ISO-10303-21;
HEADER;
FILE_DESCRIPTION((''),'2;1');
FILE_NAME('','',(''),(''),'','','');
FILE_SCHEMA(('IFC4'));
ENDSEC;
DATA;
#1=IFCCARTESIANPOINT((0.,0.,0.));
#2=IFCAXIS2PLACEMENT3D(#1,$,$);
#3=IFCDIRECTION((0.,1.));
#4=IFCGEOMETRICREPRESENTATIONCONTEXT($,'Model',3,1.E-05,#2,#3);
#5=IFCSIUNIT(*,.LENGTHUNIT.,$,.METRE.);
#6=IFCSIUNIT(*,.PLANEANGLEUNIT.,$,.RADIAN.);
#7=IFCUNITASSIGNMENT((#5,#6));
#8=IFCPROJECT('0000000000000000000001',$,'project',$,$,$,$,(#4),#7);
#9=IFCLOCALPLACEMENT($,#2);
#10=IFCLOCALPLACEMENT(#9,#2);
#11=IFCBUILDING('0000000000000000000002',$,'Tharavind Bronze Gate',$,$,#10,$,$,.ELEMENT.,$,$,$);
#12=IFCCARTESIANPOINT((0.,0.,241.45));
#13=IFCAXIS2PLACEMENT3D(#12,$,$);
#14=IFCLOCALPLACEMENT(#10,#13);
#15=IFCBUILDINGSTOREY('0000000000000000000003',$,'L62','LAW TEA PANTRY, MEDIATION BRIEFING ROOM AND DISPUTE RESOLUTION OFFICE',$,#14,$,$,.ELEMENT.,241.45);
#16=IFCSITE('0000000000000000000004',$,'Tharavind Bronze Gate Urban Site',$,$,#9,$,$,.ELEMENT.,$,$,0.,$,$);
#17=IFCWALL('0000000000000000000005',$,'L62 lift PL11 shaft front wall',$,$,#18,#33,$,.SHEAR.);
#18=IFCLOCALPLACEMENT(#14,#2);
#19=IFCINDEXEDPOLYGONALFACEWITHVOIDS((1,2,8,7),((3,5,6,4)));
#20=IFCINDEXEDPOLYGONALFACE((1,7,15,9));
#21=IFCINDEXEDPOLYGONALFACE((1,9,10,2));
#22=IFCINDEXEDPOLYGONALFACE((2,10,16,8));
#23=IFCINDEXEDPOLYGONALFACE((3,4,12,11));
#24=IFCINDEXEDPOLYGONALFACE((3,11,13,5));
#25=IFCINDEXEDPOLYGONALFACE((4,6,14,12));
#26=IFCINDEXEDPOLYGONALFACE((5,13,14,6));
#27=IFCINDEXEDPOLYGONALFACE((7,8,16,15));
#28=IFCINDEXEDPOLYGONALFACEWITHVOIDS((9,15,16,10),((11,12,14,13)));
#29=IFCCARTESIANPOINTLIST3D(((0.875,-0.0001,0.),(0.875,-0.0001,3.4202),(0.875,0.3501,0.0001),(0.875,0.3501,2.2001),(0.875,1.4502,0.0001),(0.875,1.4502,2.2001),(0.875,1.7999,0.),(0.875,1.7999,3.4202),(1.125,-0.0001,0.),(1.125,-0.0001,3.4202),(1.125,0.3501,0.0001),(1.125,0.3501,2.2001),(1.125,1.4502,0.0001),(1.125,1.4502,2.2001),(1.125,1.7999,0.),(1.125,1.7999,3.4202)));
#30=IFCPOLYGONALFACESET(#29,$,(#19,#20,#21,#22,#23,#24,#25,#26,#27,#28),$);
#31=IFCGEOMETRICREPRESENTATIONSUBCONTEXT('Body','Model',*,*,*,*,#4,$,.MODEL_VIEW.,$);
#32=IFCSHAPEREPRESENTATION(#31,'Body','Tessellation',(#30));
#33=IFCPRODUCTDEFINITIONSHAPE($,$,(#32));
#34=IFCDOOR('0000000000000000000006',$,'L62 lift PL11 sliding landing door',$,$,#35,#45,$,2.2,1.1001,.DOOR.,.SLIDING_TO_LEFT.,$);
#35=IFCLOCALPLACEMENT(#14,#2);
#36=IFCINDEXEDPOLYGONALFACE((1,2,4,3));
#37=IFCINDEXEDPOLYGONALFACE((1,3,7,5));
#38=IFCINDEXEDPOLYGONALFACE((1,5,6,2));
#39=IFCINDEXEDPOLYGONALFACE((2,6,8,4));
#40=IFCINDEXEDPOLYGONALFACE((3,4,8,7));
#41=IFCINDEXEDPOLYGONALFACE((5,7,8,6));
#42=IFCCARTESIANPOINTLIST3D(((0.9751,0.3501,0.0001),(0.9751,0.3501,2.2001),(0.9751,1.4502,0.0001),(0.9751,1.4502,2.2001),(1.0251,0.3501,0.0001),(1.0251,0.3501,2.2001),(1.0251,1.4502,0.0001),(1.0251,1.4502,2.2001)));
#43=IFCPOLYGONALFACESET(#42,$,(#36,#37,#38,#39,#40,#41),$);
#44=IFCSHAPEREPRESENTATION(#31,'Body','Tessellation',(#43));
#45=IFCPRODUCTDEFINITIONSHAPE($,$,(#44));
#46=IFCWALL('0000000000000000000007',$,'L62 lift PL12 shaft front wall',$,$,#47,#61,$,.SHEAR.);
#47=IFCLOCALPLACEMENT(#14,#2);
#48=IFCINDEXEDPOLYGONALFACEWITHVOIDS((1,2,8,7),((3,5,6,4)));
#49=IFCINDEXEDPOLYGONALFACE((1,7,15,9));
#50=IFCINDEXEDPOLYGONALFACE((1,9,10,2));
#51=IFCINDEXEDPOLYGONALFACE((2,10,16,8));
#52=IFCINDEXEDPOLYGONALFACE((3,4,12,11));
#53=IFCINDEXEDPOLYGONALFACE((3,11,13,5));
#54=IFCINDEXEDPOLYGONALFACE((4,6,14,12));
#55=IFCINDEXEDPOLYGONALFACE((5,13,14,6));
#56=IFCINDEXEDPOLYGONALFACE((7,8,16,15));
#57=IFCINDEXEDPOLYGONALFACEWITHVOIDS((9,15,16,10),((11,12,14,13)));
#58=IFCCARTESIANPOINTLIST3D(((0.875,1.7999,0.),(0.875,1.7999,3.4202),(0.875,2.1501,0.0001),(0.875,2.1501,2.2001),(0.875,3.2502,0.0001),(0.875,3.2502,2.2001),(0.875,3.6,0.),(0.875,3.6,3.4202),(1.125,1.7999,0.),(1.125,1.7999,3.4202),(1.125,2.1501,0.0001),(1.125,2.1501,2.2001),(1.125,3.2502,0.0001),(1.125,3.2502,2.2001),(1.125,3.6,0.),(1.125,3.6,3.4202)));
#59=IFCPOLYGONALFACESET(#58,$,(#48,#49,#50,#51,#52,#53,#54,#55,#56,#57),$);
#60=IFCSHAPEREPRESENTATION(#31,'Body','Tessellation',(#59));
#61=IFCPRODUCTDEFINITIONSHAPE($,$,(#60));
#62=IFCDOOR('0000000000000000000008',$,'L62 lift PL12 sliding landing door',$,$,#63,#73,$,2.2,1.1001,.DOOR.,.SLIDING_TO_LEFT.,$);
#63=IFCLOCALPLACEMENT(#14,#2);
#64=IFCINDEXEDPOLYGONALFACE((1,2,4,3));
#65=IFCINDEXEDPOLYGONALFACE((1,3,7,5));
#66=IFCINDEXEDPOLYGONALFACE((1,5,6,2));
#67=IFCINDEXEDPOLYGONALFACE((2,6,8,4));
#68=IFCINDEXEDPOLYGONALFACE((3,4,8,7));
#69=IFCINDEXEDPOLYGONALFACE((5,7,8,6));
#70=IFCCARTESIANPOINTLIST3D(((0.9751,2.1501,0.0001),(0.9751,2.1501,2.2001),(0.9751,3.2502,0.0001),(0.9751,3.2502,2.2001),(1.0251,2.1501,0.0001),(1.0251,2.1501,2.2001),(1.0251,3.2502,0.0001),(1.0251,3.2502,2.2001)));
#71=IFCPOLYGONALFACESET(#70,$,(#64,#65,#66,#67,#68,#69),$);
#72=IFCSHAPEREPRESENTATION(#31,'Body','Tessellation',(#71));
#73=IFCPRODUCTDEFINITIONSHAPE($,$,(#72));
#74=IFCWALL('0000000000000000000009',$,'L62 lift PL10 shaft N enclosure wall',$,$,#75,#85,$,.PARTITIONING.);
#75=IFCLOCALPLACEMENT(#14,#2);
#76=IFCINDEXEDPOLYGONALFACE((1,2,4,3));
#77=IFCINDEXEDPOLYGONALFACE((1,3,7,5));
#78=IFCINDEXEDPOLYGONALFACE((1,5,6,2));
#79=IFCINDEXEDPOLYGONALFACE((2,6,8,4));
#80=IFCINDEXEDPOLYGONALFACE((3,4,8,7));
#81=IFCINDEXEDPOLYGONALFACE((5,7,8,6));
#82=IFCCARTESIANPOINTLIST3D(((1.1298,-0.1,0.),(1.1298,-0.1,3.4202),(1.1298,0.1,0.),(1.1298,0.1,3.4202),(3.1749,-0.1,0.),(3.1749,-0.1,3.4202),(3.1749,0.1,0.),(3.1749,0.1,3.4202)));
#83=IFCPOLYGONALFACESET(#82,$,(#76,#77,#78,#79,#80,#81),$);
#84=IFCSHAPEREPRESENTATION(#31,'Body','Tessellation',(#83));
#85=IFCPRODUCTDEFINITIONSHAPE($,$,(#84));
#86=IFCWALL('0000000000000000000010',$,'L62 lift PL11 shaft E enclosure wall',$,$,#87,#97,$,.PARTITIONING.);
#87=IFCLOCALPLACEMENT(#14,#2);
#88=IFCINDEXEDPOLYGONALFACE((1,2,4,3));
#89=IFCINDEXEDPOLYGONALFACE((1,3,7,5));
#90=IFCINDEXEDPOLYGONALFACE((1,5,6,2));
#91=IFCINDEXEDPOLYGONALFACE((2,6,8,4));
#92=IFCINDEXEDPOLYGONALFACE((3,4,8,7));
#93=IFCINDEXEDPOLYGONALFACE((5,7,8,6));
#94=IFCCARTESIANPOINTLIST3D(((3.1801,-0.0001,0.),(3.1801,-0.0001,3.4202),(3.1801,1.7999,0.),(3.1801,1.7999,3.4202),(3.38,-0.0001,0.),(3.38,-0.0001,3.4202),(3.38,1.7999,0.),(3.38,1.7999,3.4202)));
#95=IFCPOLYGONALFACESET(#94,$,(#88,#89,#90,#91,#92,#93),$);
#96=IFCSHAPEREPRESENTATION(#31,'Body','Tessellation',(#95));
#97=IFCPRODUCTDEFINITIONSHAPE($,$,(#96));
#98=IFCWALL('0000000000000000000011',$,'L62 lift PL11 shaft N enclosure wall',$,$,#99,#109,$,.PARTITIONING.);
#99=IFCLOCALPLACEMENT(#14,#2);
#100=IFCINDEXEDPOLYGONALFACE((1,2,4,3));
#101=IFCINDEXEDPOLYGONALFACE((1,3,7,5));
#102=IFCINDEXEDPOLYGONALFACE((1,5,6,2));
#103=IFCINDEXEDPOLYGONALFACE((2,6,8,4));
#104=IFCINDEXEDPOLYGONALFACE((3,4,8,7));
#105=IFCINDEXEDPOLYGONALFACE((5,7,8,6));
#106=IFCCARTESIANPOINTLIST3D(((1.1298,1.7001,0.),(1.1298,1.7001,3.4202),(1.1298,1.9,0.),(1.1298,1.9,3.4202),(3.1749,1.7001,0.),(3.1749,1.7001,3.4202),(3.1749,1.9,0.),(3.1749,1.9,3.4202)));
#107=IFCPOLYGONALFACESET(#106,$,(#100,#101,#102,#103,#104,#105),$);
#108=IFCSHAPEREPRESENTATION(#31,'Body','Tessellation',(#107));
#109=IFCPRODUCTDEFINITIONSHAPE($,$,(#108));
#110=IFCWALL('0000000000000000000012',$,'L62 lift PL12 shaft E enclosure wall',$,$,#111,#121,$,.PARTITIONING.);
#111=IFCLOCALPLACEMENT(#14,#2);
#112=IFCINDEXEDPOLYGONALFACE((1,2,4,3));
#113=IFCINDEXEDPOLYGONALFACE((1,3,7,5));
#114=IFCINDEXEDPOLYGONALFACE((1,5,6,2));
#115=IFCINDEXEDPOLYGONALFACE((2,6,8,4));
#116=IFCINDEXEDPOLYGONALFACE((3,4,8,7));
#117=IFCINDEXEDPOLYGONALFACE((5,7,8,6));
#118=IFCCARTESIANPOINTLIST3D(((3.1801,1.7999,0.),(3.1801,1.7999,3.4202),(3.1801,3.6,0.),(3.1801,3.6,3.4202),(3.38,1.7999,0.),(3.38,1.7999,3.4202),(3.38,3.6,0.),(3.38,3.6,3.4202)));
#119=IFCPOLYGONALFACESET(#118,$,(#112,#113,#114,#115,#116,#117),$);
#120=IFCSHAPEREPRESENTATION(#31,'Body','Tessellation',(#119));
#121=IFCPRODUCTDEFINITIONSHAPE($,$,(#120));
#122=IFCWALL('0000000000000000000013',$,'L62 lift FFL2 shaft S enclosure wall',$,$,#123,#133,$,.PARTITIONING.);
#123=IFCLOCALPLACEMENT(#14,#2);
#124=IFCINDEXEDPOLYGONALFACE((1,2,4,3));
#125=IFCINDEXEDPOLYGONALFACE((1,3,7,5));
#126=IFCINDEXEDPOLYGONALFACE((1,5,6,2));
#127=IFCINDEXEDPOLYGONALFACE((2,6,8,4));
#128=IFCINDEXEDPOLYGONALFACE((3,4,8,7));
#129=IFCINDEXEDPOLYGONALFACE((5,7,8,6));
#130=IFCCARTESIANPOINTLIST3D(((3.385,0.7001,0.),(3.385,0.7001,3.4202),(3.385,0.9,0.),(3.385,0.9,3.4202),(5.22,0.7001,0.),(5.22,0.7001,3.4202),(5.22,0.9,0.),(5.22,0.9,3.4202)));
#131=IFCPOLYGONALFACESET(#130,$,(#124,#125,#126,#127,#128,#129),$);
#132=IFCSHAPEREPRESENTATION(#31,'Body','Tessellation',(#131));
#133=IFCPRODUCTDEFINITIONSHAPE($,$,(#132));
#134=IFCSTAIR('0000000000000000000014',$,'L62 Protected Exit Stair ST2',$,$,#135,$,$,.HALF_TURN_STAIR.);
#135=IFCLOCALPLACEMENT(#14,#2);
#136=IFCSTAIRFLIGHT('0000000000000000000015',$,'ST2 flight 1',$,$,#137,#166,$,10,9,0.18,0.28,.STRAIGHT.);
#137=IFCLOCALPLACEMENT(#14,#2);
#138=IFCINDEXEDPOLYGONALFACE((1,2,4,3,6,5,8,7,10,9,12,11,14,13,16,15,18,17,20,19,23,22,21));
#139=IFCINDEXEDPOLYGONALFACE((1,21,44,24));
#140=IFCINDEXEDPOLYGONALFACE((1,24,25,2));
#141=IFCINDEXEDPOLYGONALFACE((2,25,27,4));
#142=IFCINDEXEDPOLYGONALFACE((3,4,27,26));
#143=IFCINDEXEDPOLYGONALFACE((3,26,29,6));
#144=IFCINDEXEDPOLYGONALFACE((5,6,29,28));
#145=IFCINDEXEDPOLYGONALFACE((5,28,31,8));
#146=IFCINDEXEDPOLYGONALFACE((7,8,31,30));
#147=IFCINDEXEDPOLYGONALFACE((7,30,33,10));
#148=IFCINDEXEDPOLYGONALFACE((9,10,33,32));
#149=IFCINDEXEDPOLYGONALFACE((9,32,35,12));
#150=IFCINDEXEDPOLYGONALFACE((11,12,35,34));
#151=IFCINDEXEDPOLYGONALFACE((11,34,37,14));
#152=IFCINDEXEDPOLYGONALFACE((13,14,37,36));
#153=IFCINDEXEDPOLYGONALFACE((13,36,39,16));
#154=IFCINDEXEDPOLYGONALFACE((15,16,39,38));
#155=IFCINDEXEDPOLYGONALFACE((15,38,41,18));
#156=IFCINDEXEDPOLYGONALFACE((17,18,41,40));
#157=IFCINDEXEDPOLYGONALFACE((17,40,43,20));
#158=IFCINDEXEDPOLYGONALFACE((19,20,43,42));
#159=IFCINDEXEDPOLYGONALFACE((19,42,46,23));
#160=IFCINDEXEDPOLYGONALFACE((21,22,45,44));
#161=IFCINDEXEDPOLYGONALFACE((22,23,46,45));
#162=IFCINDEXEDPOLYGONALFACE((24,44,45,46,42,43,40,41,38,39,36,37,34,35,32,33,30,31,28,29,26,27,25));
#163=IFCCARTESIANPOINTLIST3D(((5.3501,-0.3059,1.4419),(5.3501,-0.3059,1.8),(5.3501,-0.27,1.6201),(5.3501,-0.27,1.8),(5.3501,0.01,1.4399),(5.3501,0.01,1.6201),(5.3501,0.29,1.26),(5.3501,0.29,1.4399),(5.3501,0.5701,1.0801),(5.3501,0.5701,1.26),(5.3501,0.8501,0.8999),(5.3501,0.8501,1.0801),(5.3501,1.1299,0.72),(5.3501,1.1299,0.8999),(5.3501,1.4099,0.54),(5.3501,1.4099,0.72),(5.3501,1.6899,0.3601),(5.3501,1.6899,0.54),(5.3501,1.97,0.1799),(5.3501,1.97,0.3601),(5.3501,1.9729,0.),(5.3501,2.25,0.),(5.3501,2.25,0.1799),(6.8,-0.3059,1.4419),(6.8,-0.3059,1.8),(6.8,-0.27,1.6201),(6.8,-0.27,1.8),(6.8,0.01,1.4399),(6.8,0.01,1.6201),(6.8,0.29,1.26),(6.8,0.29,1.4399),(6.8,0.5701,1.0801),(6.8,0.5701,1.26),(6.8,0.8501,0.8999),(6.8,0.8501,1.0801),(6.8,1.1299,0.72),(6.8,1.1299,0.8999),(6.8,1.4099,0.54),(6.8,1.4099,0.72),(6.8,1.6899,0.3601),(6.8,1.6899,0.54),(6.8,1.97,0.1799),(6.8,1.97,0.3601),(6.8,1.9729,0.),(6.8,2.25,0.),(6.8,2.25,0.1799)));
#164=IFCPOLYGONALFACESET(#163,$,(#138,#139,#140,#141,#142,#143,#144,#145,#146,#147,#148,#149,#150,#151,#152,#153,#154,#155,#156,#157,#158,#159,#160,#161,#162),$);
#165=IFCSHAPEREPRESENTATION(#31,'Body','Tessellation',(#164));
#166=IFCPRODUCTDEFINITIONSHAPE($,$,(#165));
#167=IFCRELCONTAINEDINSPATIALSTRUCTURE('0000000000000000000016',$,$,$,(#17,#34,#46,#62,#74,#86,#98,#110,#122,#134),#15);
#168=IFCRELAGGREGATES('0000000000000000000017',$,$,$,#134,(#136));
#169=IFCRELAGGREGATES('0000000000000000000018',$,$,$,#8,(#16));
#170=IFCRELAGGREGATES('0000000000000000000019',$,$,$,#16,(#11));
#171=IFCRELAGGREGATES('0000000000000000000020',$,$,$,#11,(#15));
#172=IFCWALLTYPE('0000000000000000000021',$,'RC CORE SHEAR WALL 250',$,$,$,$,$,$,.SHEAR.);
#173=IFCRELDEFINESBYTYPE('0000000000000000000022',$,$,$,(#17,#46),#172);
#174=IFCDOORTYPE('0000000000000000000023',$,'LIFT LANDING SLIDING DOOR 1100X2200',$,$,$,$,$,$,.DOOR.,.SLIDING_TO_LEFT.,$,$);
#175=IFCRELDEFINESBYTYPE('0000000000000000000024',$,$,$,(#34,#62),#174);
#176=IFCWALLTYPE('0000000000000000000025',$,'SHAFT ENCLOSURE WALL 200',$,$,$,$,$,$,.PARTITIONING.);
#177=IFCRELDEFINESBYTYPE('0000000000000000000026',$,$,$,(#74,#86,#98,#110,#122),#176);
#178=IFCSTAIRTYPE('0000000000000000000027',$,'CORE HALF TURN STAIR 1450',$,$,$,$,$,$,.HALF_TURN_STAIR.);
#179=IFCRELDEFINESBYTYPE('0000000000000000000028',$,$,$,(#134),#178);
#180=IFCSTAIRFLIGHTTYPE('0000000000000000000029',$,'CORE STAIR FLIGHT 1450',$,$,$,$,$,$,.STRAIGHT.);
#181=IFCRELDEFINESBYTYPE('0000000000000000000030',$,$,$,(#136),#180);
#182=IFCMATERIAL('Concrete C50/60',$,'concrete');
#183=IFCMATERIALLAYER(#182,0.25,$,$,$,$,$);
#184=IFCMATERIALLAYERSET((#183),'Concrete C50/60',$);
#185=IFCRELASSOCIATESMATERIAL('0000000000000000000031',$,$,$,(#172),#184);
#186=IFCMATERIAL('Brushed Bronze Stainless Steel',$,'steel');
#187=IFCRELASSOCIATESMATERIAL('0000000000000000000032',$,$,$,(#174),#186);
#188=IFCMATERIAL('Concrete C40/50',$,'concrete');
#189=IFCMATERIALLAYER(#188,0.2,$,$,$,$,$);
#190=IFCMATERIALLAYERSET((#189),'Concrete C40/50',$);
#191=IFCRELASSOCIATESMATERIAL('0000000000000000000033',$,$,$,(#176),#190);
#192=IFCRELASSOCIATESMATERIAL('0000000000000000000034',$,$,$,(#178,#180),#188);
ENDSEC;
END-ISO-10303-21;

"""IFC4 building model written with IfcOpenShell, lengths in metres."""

from ifc_helpers import new_model, si_unit, direction, frame, frame_2d, origin, place, context, subcontext, project, spatial, polyline, rectangle, outline, extrude, material, layer, layer_set, type_object, element, fill, aggregate, save


model = new_model("IFC4")

# Units and contexts
model_context = context("Model", 3, precision=1e-05, world=origin(), true_north=direction((0.0, 1.0)))
body_context = subcontext(model_context, "Body", "Model", "MODEL_VIEW")
ifc_project = project(units=[si_unit("LENGTHUNIT", "METRE"), si_unit("PLANEANGLEUNIT", "RADIAN")], contexts=[model_context])

# Site, building, storey
site_placement = place(None, origin())
site = spatial("IfcSite", under=ifc_project, at=site_placement, Name="Tharavind Bronze Gate Urban Site", CompositionType="ELEMENT", RefElevation=0.0)
building_placement = place(site_placement, origin())
building = spatial("IfcBuilding", under=site, at=building_placement, Name="Tharavind Bronze Gate", CompositionType="ELEMENT")
storey_placement = place(building_placement, frame((0.0, 0.0, 241.45)))
storey = spatial("IfcBuildingStorey", under=building, at=storey_placement, Name="L62", Description="LAW TEA PANTRY, MEDIATION BRIEFING ROOM AND DISPUTE RESOLUTION OFFICE", CompositionType="ELEMENT", Elevation=241.45)

# Walls, openings, doors
ifc_material_1 = material(Name="Concrete C50/60", Category="concrete")
ifc_layer_1 = layer(ifc_material_1, 0.25)
ifc_layer_set_1 = layer_set([ifc_layer_1], Name="Concrete C50/60")
wall_type_1 = type_object("IfcWallType", Name="RC CORE SHEAR WALL 250", PredefinedType="SHEAR", material=ifc_layer_set_1)
wall_1_placement = place(storey_placement, frame((1.0, 0.0, 0.0), z_axis=(0.0, 0.0, 1.0), x_axis=(0.0, 1.0, 0.0)))
wall_1 = element("IfcWall", 1, at=wall_1_placement, inside=storey, type_object=wall_type_1, Name="L62 lift PL11 shaft front wall", PredefinedType="SHEAR", context=body_context, shape_type="SweptSolid", body=[
    extrude(rectangle(XDim=1.8, YDim=0.25, at=frame_2d((0.8999, 0.0))), origin(), (0.0, 0.0, 1.0), 3.4202),
])
opening_1_placement = place(wall_1_placement, frame((0.3501, 0.0, 0.0)))
opening_1 = element("IfcOpeningElement", 2, at=opening_1_placement, cuts=wall_1, PredefinedType="OPENING", context=body_context, shape_type="SweptSolid", body=[
    extrude(rectangle(XDim=1.1001, YDim=2.2, at=frame_2d((0.55, 1.1001))), frame((0.0, 0.135, 0.0), z_axis=(0.0, -1.0, 0.0), x_axis=(1.0, 0.0, 0.0)), (0.0, 0.0, 1.0), 0.27),
])
ifc_material_2 = material(Name="Brushed Bronze Stainless Steel", Category="steel")
door_type = type_object("IfcDoorType", Name="LIFT LANDING SLIDING DOOR 1100X2200", OperationType="SLIDING_TO_LEFT", PredefinedType="DOOR", material=ifc_material_2)
door_1_placement = place(opening_1_placement, origin())
door_1 = element("IfcDoor", 3, at=door_1_placement, inside=storey, type_object=door_type, Name="L62 lift PL11 sliding landing door", OperationType="SLIDING_TO_LEFT", OverallHeight=2.2, OverallWidth=1.1001, PredefinedType="DOOR", context=body_context, shape_type="SweptSolid", body=[
    extrude(rectangle(XDim=1.1001, YDim=2.2, at=frame_2d((0.55, 1.1001))), frame((0.0, 0.0249, 0.0), z_axis=(0.0, -1.0, 0.0), x_axis=(1.0, 0.0, 0.0)), (0.0, 0.0, 1.0), 0.05),
])
fill(opening_1, door_1)
wall_2_placement = place(storey_placement, frame((1.0, 1.8, 0.0), z_axis=(0.0, 0.0, 1.0), x_axis=(0.0, 1.0, 0.0)))
wall_2 = element("IfcWall", 4, at=wall_2_placement, inside=storey, type_object=wall_type_1, Name="L62 lift PL12 shaft front wall", PredefinedType="SHEAR", context=body_context, shape_type="SweptSolid", body=[
    extrude(rectangle(XDim=1.8, YDim=0.25, at=frame_2d((0.8999, 0.0))), origin(), (0.0, 0.0, 1.0), 3.4202),
])
opening_2_placement = place(wall_2_placement, frame((0.3501, 0.0, 0.0)))
opening_2 = element("IfcOpeningElement", 5, at=opening_2_placement, cuts=wall_2, PredefinedType="OPENING", context=body_context, shape_type="SweptSolid", body=[
    extrude(rectangle(XDim=1.1001, YDim=2.2, at=frame_2d((0.55, 1.1001))), frame((0.0, 0.135, 0.0), z_axis=(0.0, -1.0, 0.0), x_axis=(1.0, 0.0, 0.0)), (0.0, 0.0, 1.0), 0.27),
])
door_2_placement = place(opening_2_placement, origin())
door_2 = element("IfcDoor", 6, at=door_2_placement, inside=storey, type_object=door_type, Name="L62 lift PL12 sliding landing door", OperationType="SLIDING_TO_LEFT", OverallHeight=2.2, OverallWidth=1.1001, PredefinedType="DOOR", context=body_context, shape_type="SweptSolid", body=[
    extrude(rectangle(XDim=1.1001, YDim=2.2, at=frame_2d((0.55, 1.1001))), frame((0.0, 0.0249, 0.0), z_axis=(0.0, -1.0, 0.0), x_axis=(1.0, 0.0, 0.0)), (0.0, 0.0, 1.0), 0.05),
])
fill(opening_2, door_2)

# Walls
ifc_material_3 = material(Name="Concrete C40/50", Category="concrete")
ifc_layer_2 = layer(ifc_material_3, 0.2)
ifc_layer_set_2 = layer_set([ifc_layer_2], Name="Concrete C40/50")
wall_type_2 = type_object("IfcWallType", Name="SHAFT ENCLOSURE WALL 200", PredefinedType="PARTITIONING", material=ifc_layer_set_2)
wall_3_placement = place(storey_placement, frame((1.1299, 0.0, 0.0), z_axis=(0.0, 0.0, 1.0), x_axis=(1.0, 0.0, 0.0)))
element("IfcWall", 7, at=wall_3_placement, inside=storey, type_object=wall_type_2, Name="L62 lift PL10 shaft N enclosure wall", PredefinedType="PARTITIONING", context=body_context, shape_type="SweptSolid", body=[
    extrude(rectangle(XDim=2.0452, YDim=0.2, at=frame_2d((1.0225, 0.0))), origin(), (0.0, 0.0, 1.0), 3.4202),
])
wall_4_placement = place(storey_placement, frame((3.28, 0.0, 0.0), z_axis=(0.0, 0.0, 1.0), x_axis=(0.0, 1.0, 0.0)))
element("IfcWall", 8, at=wall_4_placement, inside=storey, type_object=wall_type_2, Name="L62 lift PL11 shaft E enclosure wall", PredefinedType="PARTITIONING", context=body_context, shape_type="SweptSolid", body=[
    extrude(rectangle(XDim=1.8, YDim=0.2, at=frame_2d((0.8999, 0.0))), origin(), (0.0, 0.0, 1.0), 3.4202),
])
wall_5_placement = place(storey_placement, frame((1.1299, 1.8, 0.0), z_axis=(0.0, 0.0, 1.0), x_axis=(1.0, 0.0, 0.0)))
element("IfcWall", 9, at=wall_5_placement, inside=storey, type_object=wall_type_2, Name="L62 lift PL11 shaft N enclosure wall", PredefinedType="PARTITIONING", context=body_context, shape_type="SweptSolid", body=[
    extrude(rectangle(XDim=2.0452, YDim=0.2, at=frame_2d((1.0225, 0.0))), origin(), (0.0, 0.0, 1.0), 3.4202),
])
wall_6_placement = place(storey_placement, frame((3.28, 1.8, 0.0), z_axis=(0.0, 0.0, 1.0), x_axis=(0.0, 1.0, 0.0)))
element("IfcWall", 10, at=wall_6_placement, inside=storey, type_object=wall_type_2, Name="L62 lift PL12 shaft E enclosure wall", PredefinedType="PARTITIONING", context=body_context, shape_type="SweptSolid", body=[
    extrude(rectangle(XDim=1.8, YDim=0.2, at=frame_2d((0.8999, 0.0))), origin(), (0.0, 0.0, 1.0), 3.4202),
])
wall_7_placement = place(storey_placement, frame((3.385, 0.8, 0.0), z_axis=(0.0, 0.0, 1.0), x_axis=(1.0, 0.0, 0.0)))
element("IfcWall", 11, at=wall_7_placement, inside=storey, type_object=wall_type_2, Name="L62 lift FFL2 shaft S enclosure wall", PredefinedType="PARTITIONING", context=body_context, shape_type="SweptSolid", body=[
    extrude(rectangle(XDim=1.835, YDim=0.2, at=frame_2d((0.9175, 0.0))), origin(), (0.0, 0.0, 1.0), 3.4202),
])

# Stair, stair flight
stair_type = type_object("IfcStairType", Name="CORE HALF TURN STAIR 1450", PredefinedType="HALF_TURN_STAIR", material=ifc_material_3)
stair_placement = place(storey_placement, origin())
stair = element("IfcStair", 12, at=stair_placement, inside=storey, type_object=stair_type, Name="L62 Protected Exit Stair ST2", PredefinedType="HALF_TURN_STAIR")
stair_flight_type = type_object("IfcStairFlightType", Name="CORE STAIR FLIGHT 1450", PredefinedType="STRAIGHT", material=ifc_material_3)
stair_flight_1_placement = place(storey_placement, frame((6.075, 2.25, 0.0), z_axis=(0.0, 0.0, 1.0), x_axis=(0.0, -1.0, 0.0)))
stair_flight_1 = element("IfcStairFlight", 13, at=stair_flight_1_placement, type_object=stair_flight_type, Name="ST2 flight 1", NumberOfRisers=10, NumberOfTreads=9, PredefinedType="STRAIGHT", RiserHeight=0.18, TreadLength=0.28, context=body_context, shape_type="SweptSolid", body=[
    extrude(outline(polyline([(0.0, 0.0), (0.0, 0.1799), (0.28, 0.1799), (0.28, 0.3601), (0.5601, 0.3601), (0.5601, 0.54), (0.8401, 0.54), (0.8401, 0.72), (1.1201, 0.72), (1.1201, 0.8999), (1.3999, 0.8999), (1.3999, 1.0801), (1.6799, 1.0801), (1.6799, 1.26), (1.96, 1.26), (1.96, 1.4399), (2.24, 1.4399), (2.24, 1.6201), (2.52, 1.6201), (2.52, 1.8), (2.5559, 1.8), (2.5559, 1.4419), (0.2771, 0.0), (0.0, 0.0)])), frame((0.0, 0.7251, 0.0), z_axis=(0.0, -1.0, 0.0), x_axis=(1.0, 0.0, 0.0)), (0.0, 0.0, 1.0), 1.45),
])
aggregate(stair, [stair_flight_1])

save(model, "model.ifc")
